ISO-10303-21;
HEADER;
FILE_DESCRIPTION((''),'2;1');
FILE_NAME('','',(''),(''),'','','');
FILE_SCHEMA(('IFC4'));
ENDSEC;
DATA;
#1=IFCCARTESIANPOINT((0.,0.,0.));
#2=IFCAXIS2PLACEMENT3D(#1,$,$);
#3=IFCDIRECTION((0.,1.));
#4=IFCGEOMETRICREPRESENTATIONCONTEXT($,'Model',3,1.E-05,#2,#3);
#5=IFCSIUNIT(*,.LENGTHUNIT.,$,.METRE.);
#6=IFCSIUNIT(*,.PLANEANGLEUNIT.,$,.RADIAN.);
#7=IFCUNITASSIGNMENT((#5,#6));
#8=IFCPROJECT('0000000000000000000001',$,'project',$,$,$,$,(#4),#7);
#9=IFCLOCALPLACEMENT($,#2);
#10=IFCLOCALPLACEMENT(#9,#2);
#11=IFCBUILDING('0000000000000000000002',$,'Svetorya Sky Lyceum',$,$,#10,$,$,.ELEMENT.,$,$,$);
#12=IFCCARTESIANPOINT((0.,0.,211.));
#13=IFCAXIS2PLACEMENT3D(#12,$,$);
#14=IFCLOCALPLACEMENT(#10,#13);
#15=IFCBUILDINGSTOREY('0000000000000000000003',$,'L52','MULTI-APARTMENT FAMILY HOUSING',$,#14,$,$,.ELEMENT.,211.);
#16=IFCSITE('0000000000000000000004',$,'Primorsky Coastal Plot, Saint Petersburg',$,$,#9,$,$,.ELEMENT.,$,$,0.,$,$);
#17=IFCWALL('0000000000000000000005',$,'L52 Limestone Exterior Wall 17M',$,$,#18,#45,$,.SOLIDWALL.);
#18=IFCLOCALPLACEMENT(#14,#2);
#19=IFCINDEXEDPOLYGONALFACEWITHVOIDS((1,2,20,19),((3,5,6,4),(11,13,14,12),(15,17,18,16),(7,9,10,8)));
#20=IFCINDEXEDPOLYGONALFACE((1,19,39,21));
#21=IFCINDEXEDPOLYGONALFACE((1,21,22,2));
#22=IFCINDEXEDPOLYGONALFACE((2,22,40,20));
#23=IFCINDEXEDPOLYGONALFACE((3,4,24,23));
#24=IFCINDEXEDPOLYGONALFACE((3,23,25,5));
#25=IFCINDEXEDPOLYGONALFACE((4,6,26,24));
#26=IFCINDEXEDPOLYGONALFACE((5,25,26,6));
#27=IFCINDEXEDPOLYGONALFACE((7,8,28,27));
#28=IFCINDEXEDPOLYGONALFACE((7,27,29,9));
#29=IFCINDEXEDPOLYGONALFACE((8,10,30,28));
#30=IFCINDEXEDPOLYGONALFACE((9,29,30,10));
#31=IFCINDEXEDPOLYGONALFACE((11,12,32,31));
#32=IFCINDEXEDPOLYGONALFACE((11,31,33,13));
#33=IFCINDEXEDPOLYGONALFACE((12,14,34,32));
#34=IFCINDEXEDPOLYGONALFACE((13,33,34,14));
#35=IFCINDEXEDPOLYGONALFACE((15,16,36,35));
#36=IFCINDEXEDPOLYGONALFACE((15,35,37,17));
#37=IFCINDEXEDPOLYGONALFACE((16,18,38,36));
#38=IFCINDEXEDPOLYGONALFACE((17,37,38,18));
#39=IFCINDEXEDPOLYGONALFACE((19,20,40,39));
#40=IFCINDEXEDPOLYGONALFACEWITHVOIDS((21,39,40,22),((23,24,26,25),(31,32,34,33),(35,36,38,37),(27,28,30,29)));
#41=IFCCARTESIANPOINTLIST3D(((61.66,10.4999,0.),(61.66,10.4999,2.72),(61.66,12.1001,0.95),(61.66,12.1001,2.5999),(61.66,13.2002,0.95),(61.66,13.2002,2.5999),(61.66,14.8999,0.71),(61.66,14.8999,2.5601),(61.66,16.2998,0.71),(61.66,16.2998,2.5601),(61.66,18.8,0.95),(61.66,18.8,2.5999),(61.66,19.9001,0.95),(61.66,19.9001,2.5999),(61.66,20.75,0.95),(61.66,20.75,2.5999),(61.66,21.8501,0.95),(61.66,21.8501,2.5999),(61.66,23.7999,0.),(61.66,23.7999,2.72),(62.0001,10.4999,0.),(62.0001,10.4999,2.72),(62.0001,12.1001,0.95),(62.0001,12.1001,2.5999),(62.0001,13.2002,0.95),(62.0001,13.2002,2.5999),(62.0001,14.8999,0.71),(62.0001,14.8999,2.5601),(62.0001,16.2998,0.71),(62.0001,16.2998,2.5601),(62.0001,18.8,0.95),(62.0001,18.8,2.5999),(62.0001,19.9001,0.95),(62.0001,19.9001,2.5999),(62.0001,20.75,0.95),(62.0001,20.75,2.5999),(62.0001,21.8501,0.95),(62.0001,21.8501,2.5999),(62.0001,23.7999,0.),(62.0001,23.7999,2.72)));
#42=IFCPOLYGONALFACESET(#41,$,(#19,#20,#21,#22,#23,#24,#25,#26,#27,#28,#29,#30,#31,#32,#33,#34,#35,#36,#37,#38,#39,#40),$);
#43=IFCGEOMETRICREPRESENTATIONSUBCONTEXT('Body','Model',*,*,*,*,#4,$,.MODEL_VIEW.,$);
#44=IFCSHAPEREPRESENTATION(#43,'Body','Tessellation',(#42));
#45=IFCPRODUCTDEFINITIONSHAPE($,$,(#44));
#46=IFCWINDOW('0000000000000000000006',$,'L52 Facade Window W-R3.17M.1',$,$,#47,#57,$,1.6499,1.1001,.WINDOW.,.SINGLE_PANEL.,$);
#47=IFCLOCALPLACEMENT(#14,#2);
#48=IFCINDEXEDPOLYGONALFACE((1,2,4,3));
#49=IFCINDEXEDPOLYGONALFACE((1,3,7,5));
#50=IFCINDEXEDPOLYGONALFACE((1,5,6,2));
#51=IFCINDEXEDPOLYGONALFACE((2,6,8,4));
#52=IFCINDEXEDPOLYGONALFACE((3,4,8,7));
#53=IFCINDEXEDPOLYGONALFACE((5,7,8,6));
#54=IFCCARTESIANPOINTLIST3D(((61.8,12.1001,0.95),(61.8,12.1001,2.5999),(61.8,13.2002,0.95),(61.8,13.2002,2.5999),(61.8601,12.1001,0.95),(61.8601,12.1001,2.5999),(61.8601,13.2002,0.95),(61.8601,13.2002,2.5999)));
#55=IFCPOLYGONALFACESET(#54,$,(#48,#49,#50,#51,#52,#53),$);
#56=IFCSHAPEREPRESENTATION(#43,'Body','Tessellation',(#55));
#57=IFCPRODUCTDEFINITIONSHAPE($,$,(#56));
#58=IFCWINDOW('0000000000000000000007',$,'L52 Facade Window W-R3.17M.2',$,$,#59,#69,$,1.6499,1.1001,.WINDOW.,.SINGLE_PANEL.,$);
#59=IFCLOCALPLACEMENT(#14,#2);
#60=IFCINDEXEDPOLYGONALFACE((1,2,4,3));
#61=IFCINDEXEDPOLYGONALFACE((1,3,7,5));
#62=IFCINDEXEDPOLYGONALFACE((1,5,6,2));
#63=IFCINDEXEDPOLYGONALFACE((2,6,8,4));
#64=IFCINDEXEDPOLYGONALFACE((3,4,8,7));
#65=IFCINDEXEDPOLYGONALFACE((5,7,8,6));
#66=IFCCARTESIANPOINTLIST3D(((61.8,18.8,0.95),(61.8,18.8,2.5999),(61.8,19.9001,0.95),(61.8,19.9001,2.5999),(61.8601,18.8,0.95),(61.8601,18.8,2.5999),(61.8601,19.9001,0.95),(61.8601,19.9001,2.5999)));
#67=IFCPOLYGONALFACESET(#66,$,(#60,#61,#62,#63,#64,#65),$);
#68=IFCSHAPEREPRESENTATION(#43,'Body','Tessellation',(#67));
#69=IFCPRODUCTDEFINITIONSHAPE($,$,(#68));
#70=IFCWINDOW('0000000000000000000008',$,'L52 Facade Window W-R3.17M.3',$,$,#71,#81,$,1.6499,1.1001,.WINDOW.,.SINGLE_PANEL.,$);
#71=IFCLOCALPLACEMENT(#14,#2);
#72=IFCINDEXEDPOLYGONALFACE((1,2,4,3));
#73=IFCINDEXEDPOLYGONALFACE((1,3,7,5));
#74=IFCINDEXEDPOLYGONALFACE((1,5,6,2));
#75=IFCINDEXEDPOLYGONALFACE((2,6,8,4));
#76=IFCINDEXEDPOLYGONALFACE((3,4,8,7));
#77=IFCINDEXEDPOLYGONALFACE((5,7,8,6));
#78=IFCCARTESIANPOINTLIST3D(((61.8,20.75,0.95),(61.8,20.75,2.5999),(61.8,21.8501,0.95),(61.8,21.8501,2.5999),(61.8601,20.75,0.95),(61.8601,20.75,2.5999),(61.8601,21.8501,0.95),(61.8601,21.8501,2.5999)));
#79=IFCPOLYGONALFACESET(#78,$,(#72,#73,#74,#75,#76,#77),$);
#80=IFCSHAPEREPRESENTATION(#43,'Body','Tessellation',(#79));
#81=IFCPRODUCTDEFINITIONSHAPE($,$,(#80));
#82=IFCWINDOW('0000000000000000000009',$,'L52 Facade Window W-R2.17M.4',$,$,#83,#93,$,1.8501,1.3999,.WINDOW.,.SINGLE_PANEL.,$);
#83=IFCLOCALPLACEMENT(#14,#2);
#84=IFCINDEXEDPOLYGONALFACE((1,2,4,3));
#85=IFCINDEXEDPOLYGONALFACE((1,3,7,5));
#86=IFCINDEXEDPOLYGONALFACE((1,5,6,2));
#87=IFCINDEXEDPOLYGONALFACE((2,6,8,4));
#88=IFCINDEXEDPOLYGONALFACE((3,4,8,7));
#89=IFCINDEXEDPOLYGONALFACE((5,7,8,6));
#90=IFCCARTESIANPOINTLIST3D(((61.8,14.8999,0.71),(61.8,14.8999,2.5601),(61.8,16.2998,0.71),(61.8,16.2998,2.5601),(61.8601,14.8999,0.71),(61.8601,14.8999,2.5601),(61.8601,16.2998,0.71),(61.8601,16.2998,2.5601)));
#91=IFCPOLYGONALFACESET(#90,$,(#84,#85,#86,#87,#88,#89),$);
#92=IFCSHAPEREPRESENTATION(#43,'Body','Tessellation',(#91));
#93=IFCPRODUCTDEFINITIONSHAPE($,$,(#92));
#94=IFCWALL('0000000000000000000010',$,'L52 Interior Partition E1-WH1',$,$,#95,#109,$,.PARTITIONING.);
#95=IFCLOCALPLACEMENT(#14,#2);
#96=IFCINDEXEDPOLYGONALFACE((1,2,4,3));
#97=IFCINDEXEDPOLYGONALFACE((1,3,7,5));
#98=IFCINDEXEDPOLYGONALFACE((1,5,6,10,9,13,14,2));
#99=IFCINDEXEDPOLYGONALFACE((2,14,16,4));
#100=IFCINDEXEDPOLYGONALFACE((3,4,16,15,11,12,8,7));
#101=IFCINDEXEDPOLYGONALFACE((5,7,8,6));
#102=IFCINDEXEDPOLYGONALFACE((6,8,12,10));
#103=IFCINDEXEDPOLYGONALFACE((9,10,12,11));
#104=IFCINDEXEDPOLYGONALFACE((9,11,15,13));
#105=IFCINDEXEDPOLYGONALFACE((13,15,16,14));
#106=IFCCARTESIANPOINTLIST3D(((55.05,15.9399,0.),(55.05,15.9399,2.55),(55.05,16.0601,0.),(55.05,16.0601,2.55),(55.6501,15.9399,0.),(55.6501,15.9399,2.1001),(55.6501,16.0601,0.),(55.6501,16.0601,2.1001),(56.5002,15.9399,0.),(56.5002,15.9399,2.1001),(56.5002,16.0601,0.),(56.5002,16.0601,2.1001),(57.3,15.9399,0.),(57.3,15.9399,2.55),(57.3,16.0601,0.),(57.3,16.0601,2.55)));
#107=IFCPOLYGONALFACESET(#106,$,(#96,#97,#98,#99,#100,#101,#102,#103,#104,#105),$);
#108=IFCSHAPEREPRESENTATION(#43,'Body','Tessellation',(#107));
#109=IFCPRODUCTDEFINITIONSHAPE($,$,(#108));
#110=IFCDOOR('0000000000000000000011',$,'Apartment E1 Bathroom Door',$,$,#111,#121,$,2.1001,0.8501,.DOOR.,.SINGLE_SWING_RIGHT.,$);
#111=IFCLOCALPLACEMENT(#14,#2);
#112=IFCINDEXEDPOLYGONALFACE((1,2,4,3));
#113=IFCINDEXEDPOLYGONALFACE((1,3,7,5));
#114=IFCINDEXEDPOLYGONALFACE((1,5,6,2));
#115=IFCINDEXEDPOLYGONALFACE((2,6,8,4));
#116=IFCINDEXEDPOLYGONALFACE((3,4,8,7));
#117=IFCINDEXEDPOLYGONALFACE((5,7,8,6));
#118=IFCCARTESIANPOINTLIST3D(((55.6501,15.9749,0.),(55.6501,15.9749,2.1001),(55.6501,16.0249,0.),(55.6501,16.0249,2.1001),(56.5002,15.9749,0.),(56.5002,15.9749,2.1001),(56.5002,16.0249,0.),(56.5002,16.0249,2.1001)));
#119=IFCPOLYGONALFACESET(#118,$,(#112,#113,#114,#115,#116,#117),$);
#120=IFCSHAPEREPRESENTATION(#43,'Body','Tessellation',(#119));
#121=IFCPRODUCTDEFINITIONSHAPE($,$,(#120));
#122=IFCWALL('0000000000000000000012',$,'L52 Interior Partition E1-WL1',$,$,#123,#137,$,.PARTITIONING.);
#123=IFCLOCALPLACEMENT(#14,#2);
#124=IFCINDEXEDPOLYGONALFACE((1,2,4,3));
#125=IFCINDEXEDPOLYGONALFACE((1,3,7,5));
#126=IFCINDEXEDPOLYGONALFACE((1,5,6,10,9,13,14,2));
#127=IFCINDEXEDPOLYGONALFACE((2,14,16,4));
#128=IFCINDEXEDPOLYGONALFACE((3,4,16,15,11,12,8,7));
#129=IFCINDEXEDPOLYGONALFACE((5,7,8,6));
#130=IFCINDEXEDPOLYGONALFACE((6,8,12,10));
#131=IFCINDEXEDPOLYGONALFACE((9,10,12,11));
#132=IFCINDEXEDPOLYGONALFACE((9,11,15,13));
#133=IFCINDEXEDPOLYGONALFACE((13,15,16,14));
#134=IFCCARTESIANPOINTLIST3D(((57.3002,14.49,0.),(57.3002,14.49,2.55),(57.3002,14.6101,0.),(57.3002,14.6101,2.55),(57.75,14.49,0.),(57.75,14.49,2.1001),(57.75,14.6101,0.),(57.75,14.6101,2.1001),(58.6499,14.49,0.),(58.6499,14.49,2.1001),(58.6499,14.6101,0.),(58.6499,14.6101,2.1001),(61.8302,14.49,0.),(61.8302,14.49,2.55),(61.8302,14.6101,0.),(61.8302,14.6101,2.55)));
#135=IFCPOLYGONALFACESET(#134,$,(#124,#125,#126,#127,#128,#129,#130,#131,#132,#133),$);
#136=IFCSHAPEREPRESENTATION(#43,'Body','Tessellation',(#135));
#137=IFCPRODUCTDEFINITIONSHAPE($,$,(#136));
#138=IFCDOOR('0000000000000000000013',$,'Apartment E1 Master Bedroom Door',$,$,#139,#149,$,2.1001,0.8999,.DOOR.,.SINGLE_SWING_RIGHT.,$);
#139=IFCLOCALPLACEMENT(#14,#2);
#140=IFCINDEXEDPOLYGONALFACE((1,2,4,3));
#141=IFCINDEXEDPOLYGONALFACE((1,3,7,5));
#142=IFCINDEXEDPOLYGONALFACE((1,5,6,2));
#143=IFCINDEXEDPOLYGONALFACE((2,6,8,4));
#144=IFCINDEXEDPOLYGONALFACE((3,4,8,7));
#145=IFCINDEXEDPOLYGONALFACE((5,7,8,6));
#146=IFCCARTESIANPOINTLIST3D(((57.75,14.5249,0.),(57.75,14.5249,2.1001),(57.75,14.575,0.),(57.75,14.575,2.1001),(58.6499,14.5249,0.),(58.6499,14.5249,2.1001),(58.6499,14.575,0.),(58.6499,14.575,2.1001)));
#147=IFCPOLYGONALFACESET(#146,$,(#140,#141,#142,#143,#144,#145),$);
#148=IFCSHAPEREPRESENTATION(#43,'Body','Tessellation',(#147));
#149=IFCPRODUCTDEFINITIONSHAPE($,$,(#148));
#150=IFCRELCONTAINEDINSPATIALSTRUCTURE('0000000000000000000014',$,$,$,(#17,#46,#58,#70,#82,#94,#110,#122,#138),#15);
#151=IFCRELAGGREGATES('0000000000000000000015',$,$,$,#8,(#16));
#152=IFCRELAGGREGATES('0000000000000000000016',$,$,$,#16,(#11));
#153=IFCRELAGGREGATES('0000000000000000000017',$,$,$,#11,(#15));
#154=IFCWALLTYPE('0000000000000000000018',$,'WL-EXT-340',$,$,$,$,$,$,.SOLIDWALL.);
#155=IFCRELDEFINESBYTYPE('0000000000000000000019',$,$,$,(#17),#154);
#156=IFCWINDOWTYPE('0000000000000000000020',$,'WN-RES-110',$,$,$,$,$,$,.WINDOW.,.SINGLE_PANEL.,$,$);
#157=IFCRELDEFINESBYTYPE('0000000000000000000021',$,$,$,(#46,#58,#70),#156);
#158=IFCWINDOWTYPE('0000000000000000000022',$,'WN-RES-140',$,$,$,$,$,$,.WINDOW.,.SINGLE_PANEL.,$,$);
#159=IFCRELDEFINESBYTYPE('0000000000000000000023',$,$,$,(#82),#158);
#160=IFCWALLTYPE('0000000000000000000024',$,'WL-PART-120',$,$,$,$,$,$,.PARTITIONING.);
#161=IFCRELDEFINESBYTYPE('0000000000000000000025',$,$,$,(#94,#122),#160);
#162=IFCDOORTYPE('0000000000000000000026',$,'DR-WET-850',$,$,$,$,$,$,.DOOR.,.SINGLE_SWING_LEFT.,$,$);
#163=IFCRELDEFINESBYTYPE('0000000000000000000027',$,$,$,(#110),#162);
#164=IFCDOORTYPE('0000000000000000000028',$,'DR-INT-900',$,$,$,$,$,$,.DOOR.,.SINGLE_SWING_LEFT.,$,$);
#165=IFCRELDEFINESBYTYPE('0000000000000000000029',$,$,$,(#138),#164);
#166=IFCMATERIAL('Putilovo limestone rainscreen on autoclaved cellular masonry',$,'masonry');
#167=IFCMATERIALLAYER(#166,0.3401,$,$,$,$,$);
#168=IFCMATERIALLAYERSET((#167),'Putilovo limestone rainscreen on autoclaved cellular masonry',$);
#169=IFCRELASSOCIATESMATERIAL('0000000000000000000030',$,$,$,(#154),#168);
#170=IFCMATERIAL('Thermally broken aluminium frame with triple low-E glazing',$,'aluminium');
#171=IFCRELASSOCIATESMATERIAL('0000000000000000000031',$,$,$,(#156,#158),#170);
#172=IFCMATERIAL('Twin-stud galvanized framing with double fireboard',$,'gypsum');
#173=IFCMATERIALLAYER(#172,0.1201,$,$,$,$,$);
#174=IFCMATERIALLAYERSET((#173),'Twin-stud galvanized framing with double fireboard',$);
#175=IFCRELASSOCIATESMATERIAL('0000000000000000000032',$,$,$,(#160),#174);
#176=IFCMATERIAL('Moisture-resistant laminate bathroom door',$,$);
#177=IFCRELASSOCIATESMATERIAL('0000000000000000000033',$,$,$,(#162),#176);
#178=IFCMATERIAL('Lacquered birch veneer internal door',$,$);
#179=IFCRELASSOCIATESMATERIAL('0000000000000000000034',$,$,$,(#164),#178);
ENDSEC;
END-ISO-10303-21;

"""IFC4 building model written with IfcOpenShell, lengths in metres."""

from ifc_helpers import new_model, si_unit, direction, frame, frame_2d, origin, place, context, subcontext, project, spatial, rectangle, extrude, material, layer, layer_set, type_object, element, fill, save


model = new_model("IFC4")

# Units and contexts
model_context = context("Model", 3, precision=1e-05, world=origin(), true_north=direction((0.0, 1.0)))
body_context = subcontext(model_context, "Body", "Model", "MODEL_VIEW")
ifc_project = project(units=[si_unit("LENGTHUNIT", "METRE"), si_unit("PLANEANGLEUNIT", "RADIAN")], contexts=[model_context])

# Site, building, storey
site_placement = place(None, origin())
site = spatial("IfcSite", under=ifc_project, at=site_placement, Name="Primorsky Coastal Plot, Saint Petersburg", CompositionType="ELEMENT", RefElevation=0.0)
building_placement = place(site_placement, origin())
building = spatial("IfcBuilding", under=site, at=building_placement, Name="Svetorya Sky Lyceum", CompositionType="ELEMENT")
storey_placement = place(building_placement, frame((0.0, 0.0, 211.0)))
storey = spatial("IfcBuildingStorey", under=building, at=storey_placement, Name="L52", Description="MULTI-APARTMENT FAMILY HOUSING", CompositionType="ELEMENT", Elevation=211.0)

# Shared definitions
ifc_material_1 = material(Name="Putilovo limestone rainscreen on autoclaved cellular masonry", Category="masonry")
ifc_layer_1 = layer(ifc_material_1, 0.3401)
ifc_layer_set_1 = layer_set([ifc_layer_1], Name="Putilovo limestone rainscreen on autoclaved cellular masonry")
wall_type_1 = type_object("IfcWallType", Name="WL-EXT-340", PredefinedType="SOLIDWALL", material=ifc_layer_set_1)

# Wall, openings, windows
wall_1_placement = place(storey_placement, frame((61.8301, 10.5, 0.0), z_axis=(0.0, 0.0, 1.0), x_axis=(0.0, 1.0, 0.0)))
wall_1 = element("IfcWall", 1, at=wall_1_placement, inside=storey, type_object=wall_type_1, Name="L52 Limestone Exterior Wall 17M", PredefinedType="SOLIDWALL", context=body_context, shape_type="SweptSolid", body=[
    extrude(rectangle(XDim=13.3, YDim=0.3401, at=frame_2d((6.6499, 0.0))), origin(), (0.0, 0.0, 1.0), 2.72),
])
opening_1_placement = place(wall_1_placement, frame((1.6001, 0.0, 0.95)))
opening_1 = element("IfcOpeningElement", 2, at=opening_1_placement, cuts=wall_1, PredefinedType="OPENING", context=body_context, shape_type="SweptSolid", body=[
    extrude(rectangle(XDim=1.1001, YDim=1.6499, at=frame_2d((0.55, 0.825))), frame((0.0, 0.1799, 0.0), z_axis=(0.0, -1.0, 0.0), x_axis=(1.0, 0.0, 0.0)), (0.0, 0.0, 1.0), 0.3601),
])
opening_2_placement = place(wall_1_placement, frame((4.3999, 0.0, 0.71)))
opening_2 = element("IfcOpeningElement", 3, at=opening_2_placement, cuts=wall_1, PredefinedType="OPENING", context=body_context, shape_type="SweptSolid", body=[
    extrude(rectangle(XDim=1.3999, YDim=1.8501, at=frame_2d((0.7, 0.925))), frame((0.0, 0.1799, 0.0), z_axis=(0.0, -1.0, 0.0), x_axis=(1.0, 0.0, 0.0)), (0.0, 0.0, 1.0), 0.3601),
])
opening_3_placement = place(wall_1_placement, frame((8.3, 0.0, 0.95)))
opening_3 = element("IfcOpeningElement", 4, at=opening_3_placement, cuts=wall_1, PredefinedType="OPENING", context=body_context, shape_type="SweptSolid", body=[
    extrude(rectangle(XDim=1.1001, YDim=1.6499, at=frame_2d((0.55, 0.825))), frame((0.0, 0.1799, 0.0), z_axis=(0.0, -1.0, 0.0), x_axis=(1.0, 0.0, 0.0)), (0.0, 0.0, 1.0), 0.3601),
])
opening_4_placement = place(wall_1_placement, frame((10.25, 0.0, 0.95)))
opening_4 = element("IfcOpeningElement", 5, at=opening_4_placement, cuts=wall_1, PredefinedType="OPENING", context=body_context, shape_type="SweptSolid", body=[
    extrude(rectangle(XDim=1.1001, YDim=1.6499, at=frame_2d((0.55, 0.825))), frame((0.0, 0.1799, 0.0), z_axis=(0.0, -1.0, 0.0), x_axis=(1.0, 0.0, 0.0)), (0.0, 0.0, 1.0), 0.3601),
])
ifc_material_2 = material(Name="Thermally broken aluminium frame with triple low-E glazing", Category="aluminium")
window_type_1 = type_object("IfcWindowType", Name="WN-RES-110", PartitioningType="SINGLE_PANEL", PredefinedType="WINDOW", material=ifc_material_2)
window_1_placement = place(opening_1_placement, origin())
window_1 = element("IfcWindow", 6, at=window_1_placement, inside=storey, type_object=window_type_1, Name="L52 Facade Window W-R3.17M.1", OverallHeight=1.6499, OverallWidth=1.1001, PartitioningType="SINGLE_PANEL", PredefinedType="WINDOW", context=body_context, shape_type="SweptSolid", body=[
    extrude(rectangle(XDim=1.1001, YDim=1.6499, at=frame_2d((0.55, 0.825))), frame((0.0, 0.03, 0.0), z_axis=(0.0, -1.0, 0.0), x_axis=(1.0, 0.0, 0.0)), (0.0, 0.0, 1.0), 0.0601),
])
fill(opening_1, window_1)
window_2_placement = place(opening_3_placement, origin())
window_2 = element("IfcWindow", 7, at=window_2_placement, inside=storey, type_object=window_type_1, Name="L52 Facade Window W-R3.17M.2", OverallHeight=1.6499, OverallWidth=1.1001, PartitioningType="SINGLE_PANEL", PredefinedType="WINDOW", context=body_context, shape_type="SweptSolid", body=[
    extrude(rectangle(XDim=1.1001, YDim=1.6499, at=frame_2d((0.55, 0.825))), frame((0.0, 0.03, 0.0), z_axis=(0.0, -1.0, 0.0), x_axis=(1.0, 0.0, 0.0)), (0.0, 0.0, 1.0), 0.0601),
])
fill(opening_3, window_2)
window_3_placement = place(opening_4_placement, origin())
window_3 = element("IfcWindow", 8, at=window_3_placement, inside=storey, type_object=window_type_1, Name="L52 Facade Window W-R3.17M.3", OverallHeight=1.6499, OverallWidth=1.1001, PartitioningType="SINGLE_PANEL", PredefinedType="WINDOW", context=body_context, shape_type="SweptSolid", body=[
    extrude(rectangle(XDim=1.1001, YDim=1.6499, at=frame_2d((0.55, 0.825))), frame((0.0, 0.03, 0.0), z_axis=(0.0, -1.0, 0.0), x_axis=(1.0, 0.0, 0.0)), (0.0, 0.0, 1.0), 0.0601),
])
fill(opening_4, window_3)
window_type_2 = type_object("IfcWindowType", Name="WN-RES-140", PartitioningType="SINGLE_PANEL", PredefinedType="WINDOW", material=ifc_material_2)
window_4_placement = place(opening_2_placement, origin())
window_4 = element("IfcWindow", 9, at=window_4_placement, inside=storey, type_object=window_type_2, Name="L52 Facade Window W-R2.17M.4", OverallHeight=1.8501, OverallWidth=1.3999, PartitioningType="SINGLE_PANEL", PredefinedType="WINDOW", context=body_context, shape_type="SweptSolid", body=[
    extrude(rectangle(XDim=1.3999, YDim=1.8501, at=frame_2d((0.7, 0.925))), frame((0.0, 0.03, 0.0), z_axis=(0.0, -1.0, 0.0), x_axis=(1.0, 0.0, 0.0)), (0.0, 0.0, 1.0), 0.0601),
])
fill(opening_2, window_4)

# Walls, openings, doors
ifc_material_3 = material(Name="Twin-stud galvanized framing with double fireboard", Category="gypsum")
ifc_layer_2 = layer(ifc_material_3, 0.1201)
ifc_layer_set_2 = layer_set([ifc_layer_2], Name="Twin-stud galvanized framing with double fireboard")
wall_type_2 = type_object("IfcWallType", Name="WL-PART-120", PredefinedType="PARTITIONING", material=ifc_layer_set_2)
wall_2_placement = place(storey_placement, frame((55.05, 16.0, 0.0), z_axis=(0.0, 0.0, 1.0), x_axis=(1.0, 0.0, 0.0)))
wall_2 = element("IfcWall", 10, at=wall_2_placement, inside=storey, type_object=wall_type_2, Name="L52 Interior Partition E1-WH1", PredefinedType="PARTITIONING", context=body_context, shape_type="SweptSolid", body=[
    extrude(rectangle(XDim=2.25, YDim=0.1201, at=frame_2d((1.125, 0.0))), origin(), (0.0, 0.0, 1.0), 2.55),
])
opening_5_placement = place(wall_2_placement, frame((0.6001, 0.0, 0.0)))
opening_5 = element("IfcOpeningElement", 11, at=opening_5_placement, cuts=wall_2, PredefinedType="OPENING", context=body_context, shape_type="SweptSolid", body=[
    extrude(rectangle(XDim=0.8501, YDim=2.1001, at=frame_2d((0.425, 1.05))), frame((0.0, 0.0701, 0.0), z_axis=(0.0, -1.0, 0.0), x_axis=(1.0, 0.0, 0.0)), (0.0, 0.0, 1.0), 0.1401),
])
ifc_material_4 = material(Name="Moisture-resistant laminate bathroom door")
door_type_1 = type_object("IfcDoorType", Name="DR-WET-850", OperationType="SINGLE_SWING_LEFT", PredefinedType="DOOR", material=ifc_material_4)
door_1_placement = place(opening_5_placement, origin())
door_1 = element("IfcDoor", 12, at=door_1_placement, inside=storey, type_object=door_type_1, Name="Apartment E1 Bathroom Door", OperationType="SINGLE_SWING_RIGHT", OverallHeight=2.1001, OverallWidth=0.8501, PredefinedType="DOOR", context=body_context, shape_type="SweptSolid", body=[
    extrude(rectangle(XDim=0.8501, YDim=2.1001, at=frame_2d((0.425, 1.05))), frame((0.0, 0.0249, 0.0), z_axis=(0.0, -1.0, 0.0), x_axis=(1.0, 0.0, 0.0)), (0.0, 0.0, 1.0), 0.05),
])
fill(opening_5, door_1)
wall_3_placement = place(storey_placement, frame((57.3, 14.55, 0.0), z_axis=(0.0, 0.0, 1.0), x_axis=(1.0, 0.0, 0.0)))
wall_3 = element("IfcWall", 13, at=wall_3_placement, inside=storey, type_object=wall_type_2, Name="L52 Interior Partition E1-WL1", PredefinedType="PARTITIONING", context=body_context, shape_type="SweptSolid", body=[
    extrude(rectangle(XDim=4.53, YDim=0.1201, at=frame_2d((2.2651, 0.0))), origin(), (0.0, 0.0, 1.0), 2.55),
])
opening_6_placement = place(wall_3_placement, frame((0.45, 0.0, 0.0)))
opening_6 = element("IfcOpeningElement", 14, at=opening_6_placement, cuts=wall_3, PredefinedType="OPENING", context=body_context, shape_type="SweptSolid", body=[
    extrude(rectangle(XDim=0.8999, YDim=2.1001, at=frame_2d((0.45, 1.05))), frame((0.0, 0.0701, 0.0), z_axis=(0.0, -1.0, 0.0), x_axis=(1.0, 0.0, 0.0)), (0.0, 0.0, 1.0), 0.1401),
])
ifc_material_5 = material(Name="Lacquered birch veneer internal door")
door_type_2 = type_object("IfcDoorType", Name="DR-INT-900", OperationType="SINGLE_SWING_LEFT", PredefinedType="DOOR", material=ifc_material_5)
door_2_placement = place(opening_6_placement, origin())
door_2 = element("IfcDoor", 15, at=door_2_placement, inside=storey, type_object=door_type_2, Name="Apartment E1 Master Bedroom Door", OperationType="SINGLE_SWING_RIGHT", OverallHeight=2.1001, OverallWidth=0.8999, PredefinedType="DOOR", context=body_context, shape_type="SweptSolid", body=[
    extrude(rectangle(XDim=0.8999, YDim=2.1001, at=frame_2d((0.45, 1.05))), frame((0.0, 0.0249, 0.0), z_axis=(0.0, -1.0, 0.0), x_axis=(1.0, 0.0, 0.0)), (0.0, 0.0, 1.0), 0.05),
])
fill(opening_6, door_2)

save(model, "model.ifc")
